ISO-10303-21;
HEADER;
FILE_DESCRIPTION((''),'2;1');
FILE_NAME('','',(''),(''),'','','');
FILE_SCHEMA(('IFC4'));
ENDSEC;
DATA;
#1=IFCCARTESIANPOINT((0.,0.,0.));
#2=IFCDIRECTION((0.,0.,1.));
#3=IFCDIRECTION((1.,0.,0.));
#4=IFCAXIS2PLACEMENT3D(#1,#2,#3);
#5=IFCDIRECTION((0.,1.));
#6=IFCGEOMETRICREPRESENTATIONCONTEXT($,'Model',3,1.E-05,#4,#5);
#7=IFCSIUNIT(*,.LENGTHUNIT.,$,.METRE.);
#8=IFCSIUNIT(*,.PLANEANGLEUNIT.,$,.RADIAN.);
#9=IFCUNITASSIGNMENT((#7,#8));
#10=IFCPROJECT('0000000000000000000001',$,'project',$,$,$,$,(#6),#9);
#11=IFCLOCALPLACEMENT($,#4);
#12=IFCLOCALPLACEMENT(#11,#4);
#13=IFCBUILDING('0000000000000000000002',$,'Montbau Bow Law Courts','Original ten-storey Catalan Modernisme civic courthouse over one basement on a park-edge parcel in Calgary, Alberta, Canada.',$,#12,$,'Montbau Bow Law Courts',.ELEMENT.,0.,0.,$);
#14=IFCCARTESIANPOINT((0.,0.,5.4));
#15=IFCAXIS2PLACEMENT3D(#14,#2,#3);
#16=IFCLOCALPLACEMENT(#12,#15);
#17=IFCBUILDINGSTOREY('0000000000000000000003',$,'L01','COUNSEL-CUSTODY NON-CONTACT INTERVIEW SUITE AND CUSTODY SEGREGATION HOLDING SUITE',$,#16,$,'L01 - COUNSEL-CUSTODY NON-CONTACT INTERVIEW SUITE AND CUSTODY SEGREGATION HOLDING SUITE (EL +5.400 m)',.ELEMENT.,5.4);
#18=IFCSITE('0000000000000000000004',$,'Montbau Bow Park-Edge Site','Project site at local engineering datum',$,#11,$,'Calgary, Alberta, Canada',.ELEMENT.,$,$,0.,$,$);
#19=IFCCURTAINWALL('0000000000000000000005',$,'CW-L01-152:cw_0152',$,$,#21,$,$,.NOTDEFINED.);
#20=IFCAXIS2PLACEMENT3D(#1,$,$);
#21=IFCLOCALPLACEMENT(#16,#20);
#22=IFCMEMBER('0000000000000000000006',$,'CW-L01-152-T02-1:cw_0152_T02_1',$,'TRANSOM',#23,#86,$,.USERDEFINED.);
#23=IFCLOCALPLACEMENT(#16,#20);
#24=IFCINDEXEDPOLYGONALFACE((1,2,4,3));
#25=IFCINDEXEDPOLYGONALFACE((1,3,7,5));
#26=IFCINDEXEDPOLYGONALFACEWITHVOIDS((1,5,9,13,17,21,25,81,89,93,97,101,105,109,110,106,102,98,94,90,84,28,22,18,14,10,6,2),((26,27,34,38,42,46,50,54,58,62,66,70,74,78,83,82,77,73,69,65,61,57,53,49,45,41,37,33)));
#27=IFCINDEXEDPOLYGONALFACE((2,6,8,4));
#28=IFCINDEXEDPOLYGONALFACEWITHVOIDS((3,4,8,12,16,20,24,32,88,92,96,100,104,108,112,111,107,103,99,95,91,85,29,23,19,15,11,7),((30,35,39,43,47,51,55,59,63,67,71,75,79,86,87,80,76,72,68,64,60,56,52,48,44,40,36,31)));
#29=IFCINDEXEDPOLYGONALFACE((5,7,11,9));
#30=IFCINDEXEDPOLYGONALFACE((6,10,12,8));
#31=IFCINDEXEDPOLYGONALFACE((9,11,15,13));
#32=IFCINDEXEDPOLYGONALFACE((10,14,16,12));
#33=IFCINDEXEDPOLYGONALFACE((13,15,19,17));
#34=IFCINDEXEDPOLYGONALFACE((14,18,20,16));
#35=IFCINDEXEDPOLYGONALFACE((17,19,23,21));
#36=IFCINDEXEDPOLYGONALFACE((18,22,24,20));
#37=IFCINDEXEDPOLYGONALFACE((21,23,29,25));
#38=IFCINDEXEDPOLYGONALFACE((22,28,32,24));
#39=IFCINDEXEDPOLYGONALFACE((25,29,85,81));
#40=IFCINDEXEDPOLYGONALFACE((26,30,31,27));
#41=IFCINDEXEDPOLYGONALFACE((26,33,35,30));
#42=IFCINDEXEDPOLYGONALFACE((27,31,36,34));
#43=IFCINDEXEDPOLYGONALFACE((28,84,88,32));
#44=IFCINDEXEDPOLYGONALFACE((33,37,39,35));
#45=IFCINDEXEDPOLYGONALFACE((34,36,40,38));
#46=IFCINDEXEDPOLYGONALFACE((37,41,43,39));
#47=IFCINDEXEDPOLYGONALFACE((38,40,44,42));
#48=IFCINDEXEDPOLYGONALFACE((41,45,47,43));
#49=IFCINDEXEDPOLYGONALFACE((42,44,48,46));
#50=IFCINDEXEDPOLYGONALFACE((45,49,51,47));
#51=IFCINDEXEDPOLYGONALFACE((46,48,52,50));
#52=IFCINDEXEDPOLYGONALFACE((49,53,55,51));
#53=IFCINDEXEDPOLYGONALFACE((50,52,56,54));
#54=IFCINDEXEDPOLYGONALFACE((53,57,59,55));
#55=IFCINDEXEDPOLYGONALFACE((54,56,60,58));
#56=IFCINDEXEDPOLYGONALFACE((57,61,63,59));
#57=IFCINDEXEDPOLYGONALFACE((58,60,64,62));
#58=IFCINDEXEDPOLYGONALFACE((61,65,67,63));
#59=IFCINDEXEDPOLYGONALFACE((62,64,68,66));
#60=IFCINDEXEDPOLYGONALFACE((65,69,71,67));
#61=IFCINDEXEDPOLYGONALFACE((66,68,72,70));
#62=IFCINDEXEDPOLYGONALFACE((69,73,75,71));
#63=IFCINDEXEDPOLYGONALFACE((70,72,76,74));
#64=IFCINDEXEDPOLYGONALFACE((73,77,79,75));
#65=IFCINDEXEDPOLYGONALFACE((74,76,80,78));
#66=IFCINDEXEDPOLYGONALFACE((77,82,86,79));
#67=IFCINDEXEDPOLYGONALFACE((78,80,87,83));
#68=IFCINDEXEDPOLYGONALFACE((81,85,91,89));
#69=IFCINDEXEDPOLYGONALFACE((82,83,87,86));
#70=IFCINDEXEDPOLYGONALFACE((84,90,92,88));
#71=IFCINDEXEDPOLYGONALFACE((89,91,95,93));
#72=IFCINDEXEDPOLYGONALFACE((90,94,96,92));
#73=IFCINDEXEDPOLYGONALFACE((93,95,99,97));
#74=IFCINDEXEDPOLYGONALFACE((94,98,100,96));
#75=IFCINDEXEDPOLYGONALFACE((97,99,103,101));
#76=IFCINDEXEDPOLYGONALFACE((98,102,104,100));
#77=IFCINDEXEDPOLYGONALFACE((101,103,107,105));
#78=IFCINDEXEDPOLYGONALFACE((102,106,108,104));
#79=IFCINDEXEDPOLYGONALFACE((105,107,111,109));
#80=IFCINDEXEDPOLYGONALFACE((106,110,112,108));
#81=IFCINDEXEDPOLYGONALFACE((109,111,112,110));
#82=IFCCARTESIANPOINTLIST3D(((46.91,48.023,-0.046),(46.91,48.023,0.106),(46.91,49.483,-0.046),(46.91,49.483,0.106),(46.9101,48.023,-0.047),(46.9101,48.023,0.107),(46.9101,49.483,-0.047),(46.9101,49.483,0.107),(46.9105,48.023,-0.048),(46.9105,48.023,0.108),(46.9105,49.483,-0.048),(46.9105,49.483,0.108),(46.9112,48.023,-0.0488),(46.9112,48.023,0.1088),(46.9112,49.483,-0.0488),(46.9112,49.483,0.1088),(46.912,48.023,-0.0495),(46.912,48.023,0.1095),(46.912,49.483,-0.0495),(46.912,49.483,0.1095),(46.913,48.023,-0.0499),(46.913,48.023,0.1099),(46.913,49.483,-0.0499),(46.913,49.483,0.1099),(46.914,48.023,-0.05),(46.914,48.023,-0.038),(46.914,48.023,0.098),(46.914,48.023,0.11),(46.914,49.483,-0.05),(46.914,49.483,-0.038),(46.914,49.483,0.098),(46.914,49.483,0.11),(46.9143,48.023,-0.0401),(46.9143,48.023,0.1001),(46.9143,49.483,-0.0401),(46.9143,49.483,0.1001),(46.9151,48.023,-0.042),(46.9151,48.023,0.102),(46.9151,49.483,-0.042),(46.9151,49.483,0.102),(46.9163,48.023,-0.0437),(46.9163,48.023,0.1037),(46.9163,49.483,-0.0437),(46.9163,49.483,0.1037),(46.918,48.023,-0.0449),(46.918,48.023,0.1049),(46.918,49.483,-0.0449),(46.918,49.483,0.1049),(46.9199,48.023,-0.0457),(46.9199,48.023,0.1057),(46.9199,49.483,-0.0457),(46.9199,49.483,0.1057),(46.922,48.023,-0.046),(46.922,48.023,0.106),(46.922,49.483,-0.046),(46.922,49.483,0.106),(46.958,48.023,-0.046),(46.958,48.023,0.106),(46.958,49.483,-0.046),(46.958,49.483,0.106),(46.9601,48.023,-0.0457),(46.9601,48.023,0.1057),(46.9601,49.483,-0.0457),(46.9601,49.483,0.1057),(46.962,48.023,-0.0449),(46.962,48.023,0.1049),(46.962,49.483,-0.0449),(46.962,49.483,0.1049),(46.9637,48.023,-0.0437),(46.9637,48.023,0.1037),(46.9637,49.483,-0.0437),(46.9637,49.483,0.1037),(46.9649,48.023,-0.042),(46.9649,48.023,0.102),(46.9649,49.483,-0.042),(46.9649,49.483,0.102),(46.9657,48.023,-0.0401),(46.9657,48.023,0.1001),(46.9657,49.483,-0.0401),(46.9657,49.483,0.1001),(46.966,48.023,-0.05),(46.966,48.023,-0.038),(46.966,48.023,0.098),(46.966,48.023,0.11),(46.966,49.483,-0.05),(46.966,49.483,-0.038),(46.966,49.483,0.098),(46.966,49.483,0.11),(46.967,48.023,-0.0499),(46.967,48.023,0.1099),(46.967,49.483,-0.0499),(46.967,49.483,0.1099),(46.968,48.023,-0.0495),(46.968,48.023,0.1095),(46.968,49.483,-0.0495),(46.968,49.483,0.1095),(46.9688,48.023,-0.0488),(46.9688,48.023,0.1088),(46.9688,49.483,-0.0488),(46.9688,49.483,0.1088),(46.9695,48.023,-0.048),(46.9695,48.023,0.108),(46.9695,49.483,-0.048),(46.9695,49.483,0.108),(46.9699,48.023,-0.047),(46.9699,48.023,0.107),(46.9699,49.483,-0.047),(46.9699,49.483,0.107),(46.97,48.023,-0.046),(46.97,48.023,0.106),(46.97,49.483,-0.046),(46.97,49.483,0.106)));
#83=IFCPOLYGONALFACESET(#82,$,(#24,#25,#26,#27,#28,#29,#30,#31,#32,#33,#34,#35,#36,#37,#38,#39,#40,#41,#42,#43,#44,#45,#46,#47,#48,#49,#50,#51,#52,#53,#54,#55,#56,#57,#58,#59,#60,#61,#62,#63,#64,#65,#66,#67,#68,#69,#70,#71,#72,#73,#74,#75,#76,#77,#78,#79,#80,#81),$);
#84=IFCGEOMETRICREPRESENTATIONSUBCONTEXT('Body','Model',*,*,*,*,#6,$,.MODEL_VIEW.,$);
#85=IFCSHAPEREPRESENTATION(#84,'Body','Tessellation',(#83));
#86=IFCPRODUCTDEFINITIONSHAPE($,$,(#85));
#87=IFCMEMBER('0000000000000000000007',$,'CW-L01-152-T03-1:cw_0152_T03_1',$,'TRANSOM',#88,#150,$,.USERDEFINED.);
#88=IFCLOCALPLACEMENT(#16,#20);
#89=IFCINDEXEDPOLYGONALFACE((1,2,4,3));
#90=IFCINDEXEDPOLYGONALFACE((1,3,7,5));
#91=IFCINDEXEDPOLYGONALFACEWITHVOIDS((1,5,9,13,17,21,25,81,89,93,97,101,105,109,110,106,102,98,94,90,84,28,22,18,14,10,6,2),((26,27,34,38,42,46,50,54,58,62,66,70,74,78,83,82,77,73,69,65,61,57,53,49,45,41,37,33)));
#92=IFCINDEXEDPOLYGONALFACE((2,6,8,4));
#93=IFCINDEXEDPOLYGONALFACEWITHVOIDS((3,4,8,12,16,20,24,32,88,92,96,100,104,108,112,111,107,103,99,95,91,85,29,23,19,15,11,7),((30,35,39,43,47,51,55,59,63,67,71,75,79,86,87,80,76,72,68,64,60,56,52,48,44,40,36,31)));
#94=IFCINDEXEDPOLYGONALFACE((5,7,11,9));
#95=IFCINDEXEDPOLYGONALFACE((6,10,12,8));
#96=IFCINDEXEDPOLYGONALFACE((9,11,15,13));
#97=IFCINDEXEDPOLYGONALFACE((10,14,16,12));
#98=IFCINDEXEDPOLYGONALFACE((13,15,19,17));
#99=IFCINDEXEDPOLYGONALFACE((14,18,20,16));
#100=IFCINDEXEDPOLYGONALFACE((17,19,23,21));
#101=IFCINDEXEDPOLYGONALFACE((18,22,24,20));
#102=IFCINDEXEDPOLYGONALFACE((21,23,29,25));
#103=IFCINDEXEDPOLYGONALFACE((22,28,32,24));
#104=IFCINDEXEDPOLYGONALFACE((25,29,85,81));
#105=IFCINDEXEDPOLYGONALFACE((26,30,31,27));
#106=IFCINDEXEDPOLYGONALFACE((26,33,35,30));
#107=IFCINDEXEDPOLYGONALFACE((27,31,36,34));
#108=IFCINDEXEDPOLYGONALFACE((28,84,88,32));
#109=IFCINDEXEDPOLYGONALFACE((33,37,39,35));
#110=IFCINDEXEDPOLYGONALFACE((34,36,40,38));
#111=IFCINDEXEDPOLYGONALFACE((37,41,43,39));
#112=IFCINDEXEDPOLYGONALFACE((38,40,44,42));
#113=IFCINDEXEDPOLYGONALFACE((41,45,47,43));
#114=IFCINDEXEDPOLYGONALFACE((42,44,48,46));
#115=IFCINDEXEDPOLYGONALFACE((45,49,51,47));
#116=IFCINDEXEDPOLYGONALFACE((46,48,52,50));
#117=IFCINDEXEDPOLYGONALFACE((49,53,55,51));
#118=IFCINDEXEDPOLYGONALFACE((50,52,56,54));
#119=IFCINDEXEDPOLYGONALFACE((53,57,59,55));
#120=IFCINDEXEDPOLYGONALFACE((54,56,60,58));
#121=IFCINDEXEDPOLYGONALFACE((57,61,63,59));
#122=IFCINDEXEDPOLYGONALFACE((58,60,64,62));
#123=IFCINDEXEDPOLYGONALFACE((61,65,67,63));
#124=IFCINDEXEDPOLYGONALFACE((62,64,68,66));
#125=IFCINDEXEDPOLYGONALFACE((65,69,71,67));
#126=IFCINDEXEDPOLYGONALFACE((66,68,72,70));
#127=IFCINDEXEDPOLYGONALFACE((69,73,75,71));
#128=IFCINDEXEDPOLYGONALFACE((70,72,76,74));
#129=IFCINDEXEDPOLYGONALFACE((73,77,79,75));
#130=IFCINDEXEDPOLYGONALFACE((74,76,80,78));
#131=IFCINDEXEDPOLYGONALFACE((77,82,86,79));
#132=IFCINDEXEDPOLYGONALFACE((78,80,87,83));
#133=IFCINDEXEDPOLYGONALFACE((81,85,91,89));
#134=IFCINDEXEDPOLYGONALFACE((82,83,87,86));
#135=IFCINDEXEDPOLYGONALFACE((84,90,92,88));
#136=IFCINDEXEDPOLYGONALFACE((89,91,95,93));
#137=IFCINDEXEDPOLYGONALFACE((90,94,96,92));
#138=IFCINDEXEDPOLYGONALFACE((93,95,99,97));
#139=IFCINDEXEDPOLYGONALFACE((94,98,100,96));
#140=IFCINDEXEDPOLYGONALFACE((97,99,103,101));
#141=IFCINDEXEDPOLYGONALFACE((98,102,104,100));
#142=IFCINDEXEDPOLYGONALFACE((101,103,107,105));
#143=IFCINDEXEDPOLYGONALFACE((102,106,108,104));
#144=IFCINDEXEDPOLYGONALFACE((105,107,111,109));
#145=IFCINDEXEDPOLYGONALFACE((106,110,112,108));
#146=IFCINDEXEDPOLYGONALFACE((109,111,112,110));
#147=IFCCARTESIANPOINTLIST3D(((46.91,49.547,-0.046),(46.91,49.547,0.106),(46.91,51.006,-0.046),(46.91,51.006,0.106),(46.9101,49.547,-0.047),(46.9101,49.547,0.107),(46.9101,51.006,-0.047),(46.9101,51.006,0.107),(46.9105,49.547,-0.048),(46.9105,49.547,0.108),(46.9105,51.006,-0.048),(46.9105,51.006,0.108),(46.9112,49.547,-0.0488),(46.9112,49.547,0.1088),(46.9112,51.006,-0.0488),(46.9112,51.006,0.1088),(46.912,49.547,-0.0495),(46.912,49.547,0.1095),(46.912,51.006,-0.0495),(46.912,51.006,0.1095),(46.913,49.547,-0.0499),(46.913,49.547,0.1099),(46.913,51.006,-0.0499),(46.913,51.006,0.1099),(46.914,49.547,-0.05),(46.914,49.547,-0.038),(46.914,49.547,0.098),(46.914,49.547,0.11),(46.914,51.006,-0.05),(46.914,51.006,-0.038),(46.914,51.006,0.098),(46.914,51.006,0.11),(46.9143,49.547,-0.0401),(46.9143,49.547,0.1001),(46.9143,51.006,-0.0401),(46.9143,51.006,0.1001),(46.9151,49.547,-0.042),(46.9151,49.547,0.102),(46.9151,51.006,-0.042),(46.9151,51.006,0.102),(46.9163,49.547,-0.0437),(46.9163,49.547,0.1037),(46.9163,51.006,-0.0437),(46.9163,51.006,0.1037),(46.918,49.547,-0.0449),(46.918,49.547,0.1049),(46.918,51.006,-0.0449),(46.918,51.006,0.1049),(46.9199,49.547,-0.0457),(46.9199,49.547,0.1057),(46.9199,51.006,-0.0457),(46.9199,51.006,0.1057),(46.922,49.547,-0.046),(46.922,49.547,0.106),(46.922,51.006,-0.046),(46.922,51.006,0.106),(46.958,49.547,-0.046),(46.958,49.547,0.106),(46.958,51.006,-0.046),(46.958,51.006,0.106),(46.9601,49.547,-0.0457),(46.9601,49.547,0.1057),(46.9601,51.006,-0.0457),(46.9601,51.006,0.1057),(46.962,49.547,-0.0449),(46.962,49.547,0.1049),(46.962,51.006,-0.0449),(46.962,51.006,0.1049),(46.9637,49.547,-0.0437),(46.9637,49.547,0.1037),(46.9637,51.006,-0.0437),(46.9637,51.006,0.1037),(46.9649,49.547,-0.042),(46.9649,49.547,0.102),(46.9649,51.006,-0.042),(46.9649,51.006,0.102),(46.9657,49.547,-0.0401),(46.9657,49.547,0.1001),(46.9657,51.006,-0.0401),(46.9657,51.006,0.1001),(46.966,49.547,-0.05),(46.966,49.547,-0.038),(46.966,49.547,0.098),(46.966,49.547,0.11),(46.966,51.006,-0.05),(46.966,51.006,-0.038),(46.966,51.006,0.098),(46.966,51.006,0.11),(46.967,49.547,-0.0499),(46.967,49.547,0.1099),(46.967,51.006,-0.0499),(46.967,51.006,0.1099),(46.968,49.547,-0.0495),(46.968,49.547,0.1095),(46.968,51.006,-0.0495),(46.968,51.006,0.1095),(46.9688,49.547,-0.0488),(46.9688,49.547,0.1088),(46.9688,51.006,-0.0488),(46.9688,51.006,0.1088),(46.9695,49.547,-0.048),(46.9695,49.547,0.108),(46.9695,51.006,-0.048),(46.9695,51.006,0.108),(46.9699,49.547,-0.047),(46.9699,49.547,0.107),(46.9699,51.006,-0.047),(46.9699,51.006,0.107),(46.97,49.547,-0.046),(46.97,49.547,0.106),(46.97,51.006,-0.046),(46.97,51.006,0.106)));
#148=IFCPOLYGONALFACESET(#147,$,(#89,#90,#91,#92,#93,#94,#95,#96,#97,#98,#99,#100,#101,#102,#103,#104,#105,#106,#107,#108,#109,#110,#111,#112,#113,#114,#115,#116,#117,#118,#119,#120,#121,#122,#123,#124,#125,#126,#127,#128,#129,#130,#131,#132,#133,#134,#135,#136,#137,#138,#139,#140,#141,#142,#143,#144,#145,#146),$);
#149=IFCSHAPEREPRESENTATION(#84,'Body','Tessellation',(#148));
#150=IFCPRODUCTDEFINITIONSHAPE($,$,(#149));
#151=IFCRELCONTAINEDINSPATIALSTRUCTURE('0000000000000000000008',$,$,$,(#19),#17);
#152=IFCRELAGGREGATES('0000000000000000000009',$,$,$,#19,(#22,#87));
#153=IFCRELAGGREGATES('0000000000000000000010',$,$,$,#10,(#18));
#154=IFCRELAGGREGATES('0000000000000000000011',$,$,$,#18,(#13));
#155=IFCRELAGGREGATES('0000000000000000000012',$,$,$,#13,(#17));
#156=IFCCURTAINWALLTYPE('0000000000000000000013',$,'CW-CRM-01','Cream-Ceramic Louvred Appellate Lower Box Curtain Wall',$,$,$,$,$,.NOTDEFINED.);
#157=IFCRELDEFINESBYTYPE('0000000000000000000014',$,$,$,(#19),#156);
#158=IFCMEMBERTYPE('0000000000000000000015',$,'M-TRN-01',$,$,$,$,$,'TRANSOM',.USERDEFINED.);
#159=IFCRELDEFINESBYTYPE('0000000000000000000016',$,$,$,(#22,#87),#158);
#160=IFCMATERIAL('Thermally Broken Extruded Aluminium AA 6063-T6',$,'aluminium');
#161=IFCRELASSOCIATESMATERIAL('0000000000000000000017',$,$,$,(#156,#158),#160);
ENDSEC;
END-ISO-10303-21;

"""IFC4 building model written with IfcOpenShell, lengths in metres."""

from ifc_helpers import new_model, si_unit, direction, frame, origin_with_axes, origin_2d_with_axis, place, context, subcontext, project, spatial, hollow_rectangle, extrude, material, material_profile, profile_set, type_object, element, aggregate, save


model = new_model("IFC4")

# Units and contexts
model_context = context("Model", 3, precision=1e-05, world=origin_with_axes(), true_north=direction((0.0, 1.0)))
body_context = subcontext(model_context, "Body", "Model", "MODEL_VIEW")
ifc_project = project(units=[si_unit("LENGTHUNIT", "METRE"), si_unit("PLANEANGLEUNIT", "RADIAN")], contexts=[model_context])

# Site, building, storey
site_placement = place(None, origin_with_axes())
site = spatial("IfcSite", under=ifc_project, at=site_placement, Name="Montbau Bow Park-Edge Site", Description="Project site at local engineering datum", LongName="Calgary, Alberta, Canada", CompositionType="ELEMENT", RefElevation=0.0)
building_placement = place(site_placement, origin_with_axes())
building = spatial("IfcBuilding", under=site, at=building_placement, Name="Montbau Bow Law Courts", Description="Original ten-storey Catalan Modernisme civic courthouse over one basement on a park-edge parcel in Calgary, Alberta, Canada.", LongName="Montbau Bow Law Courts", CompositionType="ELEMENT", ElevationOfRefHeight=0.0, ElevationOfTerrain=0.0)
storey_placement = place(building_placement, frame((0.0, 0.0, 5.4), z_axis=(0.0, 0.0, 1.0), x_axis=(1.0, 0.0, 0.0)))
storey = spatial("IfcBuildingStorey", under=building, at=storey_placement, Name="L01", Description="COUNSEL-CUSTODY NON-CONTACT INTERVIEW SUITE AND CUSTODY SEGREGATION HOLDING SUITE", LongName="L01 - COUNSEL-CUSTODY NON-CONTACT INTERVIEW SUITE AND CUSTODY SEGREGATION HOLDING SUITE (EL +5.400 m)", CompositionType="ELEMENT", Elevation=5.4)

# Curtain wall, members
ifc_material_1 = material(Name="Thermally Broken Extruded Aluminium AA 6063-T6", Category="aluminium")
curtain_wall_type_1 = type_object("IfcCurtainWallType", Name="CW-CRM-01", Description="Cream-Ceramic Louvred Appellate Lower Box Curtain Wall", PredefinedType="NOTDEFINED", material=ifc_material_1)
curtain_wall_1_placement = place(None, frame((46.94, 46.468, 5.4), z_axis=(0.0, 0.0, 1.0), x_axis=(1.0, 0.0, 0.0)))
curtain_wall_1 = element("IfcCurtainWall", 1, at=curtain_wall_1_placement, inside=storey, type_object=curtain_wall_type_1, Name="CW-L01-152:cw_0152", PredefinedType="NOTDEFINED")
ifc_material_profile_1 = material_profile(ifc_material_1, hollow_rectangle(XDim=0.06, YDim=0.16, WallThickness=0.004, InnerFilletRadius=0.008, OuterFilletRadius=0.004, at=origin_2d_with_axis()), Name="CWT-160X60", Category="Main", Priority=0)
ifc_profile_set_1 = profile_set([ifc_material_profile_1], Name="Thermally Broken Extruded Aluminium AA 6063-T6")
member_type_1 = type_object("IfcMemberType", Name="M-TRN-01", ElementType="TRANSOM", PredefinedType="USERDEFINED", material=ifc_profile_set_1)
member_1_placement = place(None, frame((46.94, 48.023, 5.43), z_axis=(0.0, 1.0, 0.0), x_axis=(-1.0, 0.0, 0.0)))
member_1 = element("IfcMember", 2, at=member_1_placement, type_object=member_type_1, Name="CW-L01-152-T02-1:cw_0152_T02_1", ObjectType="TRANSOM", PredefinedType="USERDEFINED", context=body_context, shape_type="SweptSolid", body=[
    extrude(hollow_rectangle(XDim=0.06, YDim=0.16, WallThickness=0.004, InnerFilletRadius=0.008, OuterFilletRadius=0.004, at=origin_2d_with_axis()), origin_with_axes(), (0.0, 0.0, 1.0), 1.46),
])
member_2_placement = place(None, frame((46.94, 49.547, 5.43), z_axis=(0.0, 1.0, 0.0), x_axis=(-1.0, 0.0, 0.0)))
member_2 = element("IfcMember", 3, at=member_2_placement, type_object=member_type_1, Name="CW-L01-152-T03-1:cw_0152_T03_1", ObjectType="TRANSOM", PredefinedType="USERDEFINED", context=body_context, shape_type="SweptSolid", body=[
    extrude(hollow_rectangle(XDim=0.06, YDim=0.16, WallThickness=0.004, InnerFilletRadius=0.008, OuterFilletRadius=0.004, at=origin_2d_with_axis()), origin_with_axes(), (0.0, 0.0, 1.0), 1.459),
])
aggregate(curtain_wall_1, [member_1, member_2])

save(model, "model.ifc")
